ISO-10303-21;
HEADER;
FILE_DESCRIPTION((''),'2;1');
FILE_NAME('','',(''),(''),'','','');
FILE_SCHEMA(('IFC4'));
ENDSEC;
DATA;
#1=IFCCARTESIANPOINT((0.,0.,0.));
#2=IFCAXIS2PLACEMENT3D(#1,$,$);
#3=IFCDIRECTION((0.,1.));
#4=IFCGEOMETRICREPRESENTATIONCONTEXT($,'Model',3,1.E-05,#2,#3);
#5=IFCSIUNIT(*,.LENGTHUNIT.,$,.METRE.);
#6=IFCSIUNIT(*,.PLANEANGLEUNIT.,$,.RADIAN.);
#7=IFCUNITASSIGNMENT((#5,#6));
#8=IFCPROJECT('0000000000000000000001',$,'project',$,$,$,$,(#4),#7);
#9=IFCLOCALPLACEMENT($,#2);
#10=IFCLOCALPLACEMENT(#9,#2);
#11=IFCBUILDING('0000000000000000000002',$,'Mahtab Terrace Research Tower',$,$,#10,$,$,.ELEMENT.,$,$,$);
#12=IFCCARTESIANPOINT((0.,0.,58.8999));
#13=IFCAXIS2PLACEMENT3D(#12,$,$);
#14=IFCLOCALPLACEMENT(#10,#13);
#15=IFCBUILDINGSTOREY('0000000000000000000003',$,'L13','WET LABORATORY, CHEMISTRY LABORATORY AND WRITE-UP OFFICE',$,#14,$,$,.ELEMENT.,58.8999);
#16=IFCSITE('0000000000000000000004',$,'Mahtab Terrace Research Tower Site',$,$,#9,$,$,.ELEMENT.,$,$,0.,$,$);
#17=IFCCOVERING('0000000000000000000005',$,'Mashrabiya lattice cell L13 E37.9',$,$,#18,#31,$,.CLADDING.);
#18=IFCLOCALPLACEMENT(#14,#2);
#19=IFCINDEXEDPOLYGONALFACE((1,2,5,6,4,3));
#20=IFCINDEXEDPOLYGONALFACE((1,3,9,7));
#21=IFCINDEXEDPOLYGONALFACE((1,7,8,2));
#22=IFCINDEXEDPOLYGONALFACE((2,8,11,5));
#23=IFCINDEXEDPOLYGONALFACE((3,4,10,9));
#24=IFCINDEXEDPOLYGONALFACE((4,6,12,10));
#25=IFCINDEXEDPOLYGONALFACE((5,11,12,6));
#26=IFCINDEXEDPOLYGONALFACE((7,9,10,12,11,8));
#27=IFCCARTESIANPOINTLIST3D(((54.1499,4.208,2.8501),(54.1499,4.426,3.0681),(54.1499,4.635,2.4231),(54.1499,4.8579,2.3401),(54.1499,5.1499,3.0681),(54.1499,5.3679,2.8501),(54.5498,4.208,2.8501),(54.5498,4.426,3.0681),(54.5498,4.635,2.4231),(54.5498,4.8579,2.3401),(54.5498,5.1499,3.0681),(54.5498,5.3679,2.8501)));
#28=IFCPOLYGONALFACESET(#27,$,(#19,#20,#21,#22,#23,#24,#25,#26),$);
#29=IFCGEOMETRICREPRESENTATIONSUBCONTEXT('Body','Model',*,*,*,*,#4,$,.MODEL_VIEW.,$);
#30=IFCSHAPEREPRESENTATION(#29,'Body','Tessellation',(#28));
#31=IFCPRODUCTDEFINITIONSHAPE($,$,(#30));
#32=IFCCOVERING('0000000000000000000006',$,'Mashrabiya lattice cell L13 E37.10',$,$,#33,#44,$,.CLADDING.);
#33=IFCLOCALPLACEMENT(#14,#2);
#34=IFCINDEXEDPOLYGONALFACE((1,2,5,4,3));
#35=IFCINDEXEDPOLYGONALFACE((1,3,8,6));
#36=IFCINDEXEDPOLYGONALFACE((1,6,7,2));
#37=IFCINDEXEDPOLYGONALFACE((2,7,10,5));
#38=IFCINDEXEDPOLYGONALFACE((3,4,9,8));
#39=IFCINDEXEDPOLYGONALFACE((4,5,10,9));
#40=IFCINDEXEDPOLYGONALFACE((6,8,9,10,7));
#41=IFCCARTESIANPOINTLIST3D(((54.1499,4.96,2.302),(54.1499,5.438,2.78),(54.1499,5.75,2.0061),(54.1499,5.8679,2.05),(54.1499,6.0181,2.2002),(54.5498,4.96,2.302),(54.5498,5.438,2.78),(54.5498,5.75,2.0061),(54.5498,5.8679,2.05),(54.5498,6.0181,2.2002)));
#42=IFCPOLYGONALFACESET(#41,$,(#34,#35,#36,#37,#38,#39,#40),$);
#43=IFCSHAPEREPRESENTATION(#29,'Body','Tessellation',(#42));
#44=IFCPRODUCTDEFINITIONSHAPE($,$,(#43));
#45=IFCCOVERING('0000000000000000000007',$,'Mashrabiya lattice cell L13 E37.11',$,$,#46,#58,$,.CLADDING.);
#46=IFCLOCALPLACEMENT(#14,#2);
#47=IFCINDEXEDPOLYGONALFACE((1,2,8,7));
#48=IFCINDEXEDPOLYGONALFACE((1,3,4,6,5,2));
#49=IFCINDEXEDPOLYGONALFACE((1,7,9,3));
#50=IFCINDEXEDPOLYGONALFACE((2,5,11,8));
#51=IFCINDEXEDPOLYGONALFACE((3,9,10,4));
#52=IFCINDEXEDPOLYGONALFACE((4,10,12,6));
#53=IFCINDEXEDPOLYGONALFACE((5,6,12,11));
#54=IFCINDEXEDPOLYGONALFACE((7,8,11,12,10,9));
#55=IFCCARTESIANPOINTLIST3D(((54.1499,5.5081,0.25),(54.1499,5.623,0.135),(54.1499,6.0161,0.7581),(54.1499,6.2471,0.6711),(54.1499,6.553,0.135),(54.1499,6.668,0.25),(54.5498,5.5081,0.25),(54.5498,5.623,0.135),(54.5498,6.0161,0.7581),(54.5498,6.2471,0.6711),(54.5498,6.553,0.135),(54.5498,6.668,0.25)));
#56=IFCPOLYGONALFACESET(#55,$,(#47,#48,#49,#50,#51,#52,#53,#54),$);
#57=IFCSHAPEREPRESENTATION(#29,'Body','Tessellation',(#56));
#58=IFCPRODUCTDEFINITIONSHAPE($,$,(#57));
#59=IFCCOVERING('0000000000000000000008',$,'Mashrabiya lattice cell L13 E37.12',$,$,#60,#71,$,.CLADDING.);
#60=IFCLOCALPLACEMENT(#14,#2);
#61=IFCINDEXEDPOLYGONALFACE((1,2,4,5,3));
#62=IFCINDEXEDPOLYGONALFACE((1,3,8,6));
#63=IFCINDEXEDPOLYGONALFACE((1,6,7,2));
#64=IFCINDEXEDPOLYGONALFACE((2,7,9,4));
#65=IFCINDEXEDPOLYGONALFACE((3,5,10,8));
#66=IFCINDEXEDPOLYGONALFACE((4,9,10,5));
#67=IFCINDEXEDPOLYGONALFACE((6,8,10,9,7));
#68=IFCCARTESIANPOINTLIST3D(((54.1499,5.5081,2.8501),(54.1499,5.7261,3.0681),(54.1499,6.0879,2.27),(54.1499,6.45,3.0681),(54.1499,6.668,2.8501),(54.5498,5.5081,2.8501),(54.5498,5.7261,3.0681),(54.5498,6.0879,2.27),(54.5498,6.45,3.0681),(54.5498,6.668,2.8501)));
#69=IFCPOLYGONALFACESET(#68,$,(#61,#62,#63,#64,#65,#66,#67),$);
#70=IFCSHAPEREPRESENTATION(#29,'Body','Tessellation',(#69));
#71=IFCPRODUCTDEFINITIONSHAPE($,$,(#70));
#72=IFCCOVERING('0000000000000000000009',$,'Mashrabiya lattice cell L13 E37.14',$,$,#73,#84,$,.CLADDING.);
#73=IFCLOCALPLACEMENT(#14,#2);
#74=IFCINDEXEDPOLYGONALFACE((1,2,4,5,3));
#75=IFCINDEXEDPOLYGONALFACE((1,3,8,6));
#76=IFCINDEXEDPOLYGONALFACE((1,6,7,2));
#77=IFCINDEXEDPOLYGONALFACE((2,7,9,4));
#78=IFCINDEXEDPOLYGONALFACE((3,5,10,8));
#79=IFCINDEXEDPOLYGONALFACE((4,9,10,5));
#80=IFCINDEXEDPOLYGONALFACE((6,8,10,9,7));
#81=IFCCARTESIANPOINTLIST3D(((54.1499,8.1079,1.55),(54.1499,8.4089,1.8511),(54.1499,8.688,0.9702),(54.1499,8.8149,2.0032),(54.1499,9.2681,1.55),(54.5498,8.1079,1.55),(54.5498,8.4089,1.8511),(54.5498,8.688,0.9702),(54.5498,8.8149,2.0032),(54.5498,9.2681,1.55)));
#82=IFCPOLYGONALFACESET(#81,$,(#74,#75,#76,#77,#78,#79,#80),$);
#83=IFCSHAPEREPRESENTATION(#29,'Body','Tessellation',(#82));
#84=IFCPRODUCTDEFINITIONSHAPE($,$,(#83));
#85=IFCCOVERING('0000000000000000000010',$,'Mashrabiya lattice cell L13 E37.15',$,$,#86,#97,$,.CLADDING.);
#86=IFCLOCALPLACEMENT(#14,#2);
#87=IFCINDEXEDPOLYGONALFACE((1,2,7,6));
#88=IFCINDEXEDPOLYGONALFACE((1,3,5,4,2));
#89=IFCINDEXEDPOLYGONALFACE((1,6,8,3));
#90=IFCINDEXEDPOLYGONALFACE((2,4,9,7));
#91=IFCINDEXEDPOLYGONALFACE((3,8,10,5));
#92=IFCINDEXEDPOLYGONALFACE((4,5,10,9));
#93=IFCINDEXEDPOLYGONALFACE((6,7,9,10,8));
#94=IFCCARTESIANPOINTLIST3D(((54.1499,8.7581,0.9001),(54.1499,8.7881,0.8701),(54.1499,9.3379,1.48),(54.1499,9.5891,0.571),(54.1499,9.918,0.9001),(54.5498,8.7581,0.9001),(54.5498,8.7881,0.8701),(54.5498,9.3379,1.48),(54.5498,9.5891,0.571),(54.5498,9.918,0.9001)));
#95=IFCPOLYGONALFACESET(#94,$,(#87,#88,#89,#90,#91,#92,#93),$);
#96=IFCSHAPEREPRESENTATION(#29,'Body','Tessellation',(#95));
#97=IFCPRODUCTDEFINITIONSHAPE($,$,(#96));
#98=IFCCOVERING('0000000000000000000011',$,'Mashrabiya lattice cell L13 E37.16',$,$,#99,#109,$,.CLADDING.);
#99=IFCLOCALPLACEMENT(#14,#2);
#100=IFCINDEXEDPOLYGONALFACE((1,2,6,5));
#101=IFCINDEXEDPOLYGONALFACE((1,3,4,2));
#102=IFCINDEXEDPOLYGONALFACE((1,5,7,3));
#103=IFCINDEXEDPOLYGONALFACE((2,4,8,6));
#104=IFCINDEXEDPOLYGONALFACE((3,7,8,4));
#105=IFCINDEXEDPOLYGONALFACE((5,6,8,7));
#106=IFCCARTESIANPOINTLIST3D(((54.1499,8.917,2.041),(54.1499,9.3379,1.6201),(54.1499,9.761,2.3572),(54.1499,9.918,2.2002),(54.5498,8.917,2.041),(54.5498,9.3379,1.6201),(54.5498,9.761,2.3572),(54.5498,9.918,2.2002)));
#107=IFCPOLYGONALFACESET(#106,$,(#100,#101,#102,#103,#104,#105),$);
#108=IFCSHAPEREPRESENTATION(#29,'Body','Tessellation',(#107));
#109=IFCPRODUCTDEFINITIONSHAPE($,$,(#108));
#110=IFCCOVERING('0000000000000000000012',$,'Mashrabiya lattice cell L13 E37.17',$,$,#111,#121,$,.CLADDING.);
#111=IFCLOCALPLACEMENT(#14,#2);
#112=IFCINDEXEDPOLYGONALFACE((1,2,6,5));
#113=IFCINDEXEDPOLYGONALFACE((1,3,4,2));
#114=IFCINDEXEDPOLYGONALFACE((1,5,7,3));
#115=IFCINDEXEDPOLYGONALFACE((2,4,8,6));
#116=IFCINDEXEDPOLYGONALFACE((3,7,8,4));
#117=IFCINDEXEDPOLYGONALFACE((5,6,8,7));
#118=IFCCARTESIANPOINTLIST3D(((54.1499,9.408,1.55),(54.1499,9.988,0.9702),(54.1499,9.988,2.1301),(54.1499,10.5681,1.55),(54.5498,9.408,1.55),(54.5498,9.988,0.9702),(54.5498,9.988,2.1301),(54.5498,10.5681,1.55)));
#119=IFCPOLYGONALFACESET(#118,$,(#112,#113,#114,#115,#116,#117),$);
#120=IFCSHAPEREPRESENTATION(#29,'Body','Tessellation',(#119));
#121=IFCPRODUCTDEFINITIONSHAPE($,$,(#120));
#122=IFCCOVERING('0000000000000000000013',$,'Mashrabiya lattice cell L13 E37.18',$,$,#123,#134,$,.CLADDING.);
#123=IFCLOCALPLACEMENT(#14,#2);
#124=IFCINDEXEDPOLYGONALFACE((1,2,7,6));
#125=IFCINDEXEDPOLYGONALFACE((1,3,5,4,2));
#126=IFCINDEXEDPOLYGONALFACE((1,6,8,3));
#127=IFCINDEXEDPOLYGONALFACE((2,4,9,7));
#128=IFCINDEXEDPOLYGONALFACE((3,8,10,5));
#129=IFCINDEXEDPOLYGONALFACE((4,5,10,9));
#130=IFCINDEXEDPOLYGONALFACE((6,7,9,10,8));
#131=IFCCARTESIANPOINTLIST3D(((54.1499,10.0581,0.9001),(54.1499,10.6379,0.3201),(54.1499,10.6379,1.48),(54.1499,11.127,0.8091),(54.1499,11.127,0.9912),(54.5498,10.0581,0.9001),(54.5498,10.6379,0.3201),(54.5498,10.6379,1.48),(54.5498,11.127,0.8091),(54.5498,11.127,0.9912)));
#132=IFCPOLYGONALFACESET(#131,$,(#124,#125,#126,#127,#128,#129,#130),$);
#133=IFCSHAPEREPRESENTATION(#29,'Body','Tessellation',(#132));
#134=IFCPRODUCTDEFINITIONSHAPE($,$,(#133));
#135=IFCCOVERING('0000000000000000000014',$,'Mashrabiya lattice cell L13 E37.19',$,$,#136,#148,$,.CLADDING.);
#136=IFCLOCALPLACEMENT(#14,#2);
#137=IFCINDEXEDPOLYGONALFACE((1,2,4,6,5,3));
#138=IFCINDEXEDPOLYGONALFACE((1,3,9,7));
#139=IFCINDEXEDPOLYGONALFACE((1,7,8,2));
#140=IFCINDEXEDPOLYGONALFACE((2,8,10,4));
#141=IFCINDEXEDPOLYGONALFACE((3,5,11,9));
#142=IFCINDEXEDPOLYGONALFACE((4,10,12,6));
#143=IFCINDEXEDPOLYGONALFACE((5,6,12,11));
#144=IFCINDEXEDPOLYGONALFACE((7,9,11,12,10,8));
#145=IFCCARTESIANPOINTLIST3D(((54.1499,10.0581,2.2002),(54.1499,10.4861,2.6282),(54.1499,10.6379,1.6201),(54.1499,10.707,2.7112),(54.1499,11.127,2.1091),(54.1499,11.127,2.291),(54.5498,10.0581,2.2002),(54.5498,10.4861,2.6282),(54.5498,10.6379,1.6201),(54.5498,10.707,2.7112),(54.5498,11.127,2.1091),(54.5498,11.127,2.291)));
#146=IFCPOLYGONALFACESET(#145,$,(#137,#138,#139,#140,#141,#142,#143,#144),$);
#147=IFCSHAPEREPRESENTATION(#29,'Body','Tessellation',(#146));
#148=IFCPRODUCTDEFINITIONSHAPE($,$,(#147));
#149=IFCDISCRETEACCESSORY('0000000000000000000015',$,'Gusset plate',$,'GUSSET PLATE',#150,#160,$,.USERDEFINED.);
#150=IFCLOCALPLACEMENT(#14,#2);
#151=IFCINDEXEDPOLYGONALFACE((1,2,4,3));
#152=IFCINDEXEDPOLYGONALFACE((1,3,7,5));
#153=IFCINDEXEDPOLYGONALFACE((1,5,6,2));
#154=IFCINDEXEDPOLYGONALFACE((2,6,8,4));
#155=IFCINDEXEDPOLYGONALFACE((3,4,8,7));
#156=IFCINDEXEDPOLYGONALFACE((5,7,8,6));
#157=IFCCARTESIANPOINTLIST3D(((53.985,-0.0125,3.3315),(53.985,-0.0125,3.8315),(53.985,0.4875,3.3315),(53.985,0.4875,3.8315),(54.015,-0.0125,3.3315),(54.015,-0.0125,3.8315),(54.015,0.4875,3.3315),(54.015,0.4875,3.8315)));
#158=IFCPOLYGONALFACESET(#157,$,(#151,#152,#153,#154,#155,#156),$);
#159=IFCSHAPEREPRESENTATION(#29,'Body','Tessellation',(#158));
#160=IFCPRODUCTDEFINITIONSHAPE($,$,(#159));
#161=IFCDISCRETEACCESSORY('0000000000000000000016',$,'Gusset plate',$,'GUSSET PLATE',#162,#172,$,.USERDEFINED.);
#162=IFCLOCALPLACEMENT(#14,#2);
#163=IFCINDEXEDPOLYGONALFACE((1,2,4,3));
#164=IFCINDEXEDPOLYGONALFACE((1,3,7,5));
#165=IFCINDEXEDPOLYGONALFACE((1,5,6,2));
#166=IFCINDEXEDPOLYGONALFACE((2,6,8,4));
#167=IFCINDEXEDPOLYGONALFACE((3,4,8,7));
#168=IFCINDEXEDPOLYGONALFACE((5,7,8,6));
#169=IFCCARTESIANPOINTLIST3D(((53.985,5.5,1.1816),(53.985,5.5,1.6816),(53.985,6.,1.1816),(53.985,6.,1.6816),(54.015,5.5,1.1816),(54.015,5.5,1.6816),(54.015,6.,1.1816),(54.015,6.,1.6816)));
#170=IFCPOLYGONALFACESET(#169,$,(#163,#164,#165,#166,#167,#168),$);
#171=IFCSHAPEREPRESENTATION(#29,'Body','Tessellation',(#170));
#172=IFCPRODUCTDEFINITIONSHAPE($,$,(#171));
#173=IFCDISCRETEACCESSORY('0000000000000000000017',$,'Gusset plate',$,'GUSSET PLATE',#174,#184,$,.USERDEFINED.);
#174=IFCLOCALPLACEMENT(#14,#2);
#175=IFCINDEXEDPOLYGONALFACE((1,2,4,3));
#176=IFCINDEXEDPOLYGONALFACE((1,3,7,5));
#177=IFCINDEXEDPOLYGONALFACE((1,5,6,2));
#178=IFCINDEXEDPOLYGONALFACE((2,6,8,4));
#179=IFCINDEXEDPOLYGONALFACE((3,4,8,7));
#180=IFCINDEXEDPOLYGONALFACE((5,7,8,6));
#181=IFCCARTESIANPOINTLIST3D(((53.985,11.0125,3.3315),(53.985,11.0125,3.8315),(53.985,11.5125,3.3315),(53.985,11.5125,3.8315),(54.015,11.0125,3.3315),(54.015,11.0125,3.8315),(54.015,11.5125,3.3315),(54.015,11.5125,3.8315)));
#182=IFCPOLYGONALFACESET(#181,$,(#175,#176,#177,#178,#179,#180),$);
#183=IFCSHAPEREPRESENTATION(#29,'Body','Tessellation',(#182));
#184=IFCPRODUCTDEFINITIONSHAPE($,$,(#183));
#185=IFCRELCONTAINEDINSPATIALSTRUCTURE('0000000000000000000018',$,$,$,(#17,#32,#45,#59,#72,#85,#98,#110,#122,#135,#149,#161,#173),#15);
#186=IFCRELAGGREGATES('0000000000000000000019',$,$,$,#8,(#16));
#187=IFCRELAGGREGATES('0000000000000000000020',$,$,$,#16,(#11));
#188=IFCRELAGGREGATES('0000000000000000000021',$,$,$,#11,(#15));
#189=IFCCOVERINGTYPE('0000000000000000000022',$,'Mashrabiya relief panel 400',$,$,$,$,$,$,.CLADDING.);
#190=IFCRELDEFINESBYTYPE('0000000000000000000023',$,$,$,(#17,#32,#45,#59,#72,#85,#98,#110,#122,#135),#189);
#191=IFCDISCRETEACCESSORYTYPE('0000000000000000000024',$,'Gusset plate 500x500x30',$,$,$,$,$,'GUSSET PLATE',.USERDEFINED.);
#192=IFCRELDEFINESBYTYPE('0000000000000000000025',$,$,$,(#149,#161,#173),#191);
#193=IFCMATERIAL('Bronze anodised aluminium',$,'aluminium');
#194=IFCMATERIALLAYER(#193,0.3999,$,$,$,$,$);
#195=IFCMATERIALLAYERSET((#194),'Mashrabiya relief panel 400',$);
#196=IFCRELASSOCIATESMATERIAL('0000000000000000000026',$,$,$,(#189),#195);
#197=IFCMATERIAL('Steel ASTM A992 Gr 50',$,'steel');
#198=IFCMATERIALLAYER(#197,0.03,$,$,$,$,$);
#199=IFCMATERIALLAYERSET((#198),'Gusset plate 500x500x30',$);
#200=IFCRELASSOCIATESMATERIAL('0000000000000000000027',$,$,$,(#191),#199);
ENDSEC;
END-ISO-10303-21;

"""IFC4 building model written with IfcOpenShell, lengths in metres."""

from ifc_helpers import new_model, si_unit, direction, frame, origin, origin_2d, place, context, subcontext, project, spatial, polyline, rectangle, outline, extrude, material, layer, layer_set, type_object, element, save


model = new_model("IFC4")

# Units and contexts
model_context = context("Model", 3, precision=1e-05, world=origin(), true_north=direction((0.0, 1.0)))
body_context = subcontext(model_context, "Body", "Model", "MODEL_VIEW")
ifc_project = project(units=[si_unit("LENGTHUNIT", "METRE"), si_unit("PLANEANGLEUNIT", "RADIAN")], contexts=[model_context])

# Site, building, storey
site_placement = place(None, origin())
site = spatial("IfcSite", under=ifc_project, at=site_placement, Name="Mahtab Terrace Research Tower Site", CompositionType="ELEMENT", RefElevation=0.0)
building_placement = place(site_placement, origin())
building = spatial("IfcBuilding", under=site, at=building_placement, Name="Mahtab Terrace Research Tower", CompositionType="ELEMENT")
storey_placement = place(building_placement, frame((0.0, 0.0, 58.8999)))
storey = spatial("IfcBuildingStorey", under=building, at=storey_placement, Name="L13", Description="WET LABORATORY, CHEMISTRY LABORATORY AND WRITE-UP OFFICE", CompositionType="ELEMENT", Elevation=58.8999)

# Shared definitions
ifc_material_1 = material(Name="Steel ASTM A992 Gr 50", Category="steel")

# Coverings
ifc_material_2 = material(Name="Bronze anodised aluminium", Category="aluminium")
ifc_layer_1 = layer(ifc_material_2, 0.3999)
ifc_layer_set_1 = layer_set([ifc_layer_1], Name="Mashrabiya relief panel 400")
covering_type = type_object("IfcCoveringType", Name="Mashrabiya relief panel 400", PredefinedType="CLADDING", material=ifc_layer_set_1)
covering_1_placement = place(storey_placement, frame((54.1499, 4.208, 2.8501), z_axis=(-1.0, 0.0, 0.0), x_axis=(0.0, 0.707107, 0.707107)))
element("IfcCovering", 1, at=covering_1_placement, inside=storey, type_object=covering_type, Name="Mashrabiya lattice cell L13 E37.9", PredefinedType="CLADDING", context=body_context, shape_type="SweptSolid", body=[
    extrude(outline(polyline([(0.0, 0.0), (0.3083, 0.0), (0.8202, 0.5119), (0.8202, 0.8202), (0.0989, 0.8202), (0.0, 0.6039), (0.0, 0.0)])), origin(), (0.0, 0.0, -1.0), 0.3999),
])
covering_2_placement = place(storey_placement, frame((54.1499, 5.438, 2.78), z_axis=(-1.0, 0.0, 0.0), x_axis=(0.0, 0.707256, -0.706958)))
element("IfcCovering", 2, at=covering_2_placement, inside=storey, type_object=covering_type, Name="Mashrabiya lattice cell L13 E37.10", PredefinedType="CLADDING", context=body_context, shape_type="SweptSolid", body=[
    extrude(outline(polyline([(0.0, 0.0), (0.8202, 0.0), (0.8201, 0.2123), (0.7678, 0.3268), (-0.0001, 0.676), (0.0, 0.0)])), origin(), (0.0, 0.0, -1.0), 0.3999),
])
covering_3_placement = place(storey_placement, frame((54.1499, 5.5081, 0.25), z_axis=(-1.0, 0.0, 0.0), x_axis=(0.0, 0.707107, 0.707107)))
element("IfcCovering", 3, at=covering_3_placement, inside=storey, type_object=covering_type, Name="Mashrabiya lattice cell L13 E37.11", PredefinedType="CLADDING", context=body_context, shape_type="SweptSolid", body=[
    extrude(outline(polyline([(0.0, 0.0), (0.7185, 0.0), (0.8204, 0.2248), (0.8202, 0.8202), (0.6576, 0.8202), (0.0, 0.1626), (0.0, 0.0)])), origin(), (0.0, 0.0, -1.0), 0.3999),
])
covering_4_placement = place(storey_placement, frame((54.1499, 6.668, 2.8501), z_axis=(-1.0, 0.0, 0.0), x_axis=(0.0, -0.707107, -0.707107)))
element("IfcCovering", 4, at=covering_4_placement, inside=storey, type_object=covering_type, Name="Mashrabiya lattice cell L13 E37.12", PredefinedType="CLADDING", context=body_context, shape_type="SweptSolid", body=[
    extrude(outline(polyline([(0.0, 0.0), (0.8204, 0.0), (0.8202, 0.8202), (0.5119, 0.8202), (0.0, 0.3083), (0.0, 0.0)])), origin(), (0.0, 0.0, -1.0), 0.3999),
])
covering_5_placement = place(storey_placement, frame((54.1499, 9.2681, 1.55), z_axis=(-1.0, 0.0, 0.0), x_axis=(0.0, -0.707256, -0.706958)))
element("IfcCovering", 5, at=covering_5_placement, inside=storey, type_object=covering_type, Name="Mashrabiya lattice cell L13 E37.14", PredefinedType="CLADDING", context=body_context, shape_type="SweptSolid", body=[
    extrude(outline(polyline([(0.0, 0.0), (0.8202, 0.0), (0.8205, 0.8202), (0.3948, 0.8203), (0.0001, 0.6408), (0.0, 0.0)])), origin(), (0.0, 0.0, -1.0), 0.3999),
])
covering_6_placement = place(storey_placement, frame((54.1499, 8.7581, 0.9001), z_axis=(-1.0, 0.0, 0.0), x_axis=(0.0, 0.707107, 0.707107)))
element("IfcCovering", 6, at=covering_6_placement, inside=storey, type_object=covering_type, Name="Mashrabiya lattice cell L13 E37.15", PredefinedType="CLADDING", context=body_context, shape_type="SweptSolid", body=[
    extrude(outline(polyline([(0.0, 0.0), (0.82, 0.0), (0.8202, 0.8202), (0.3549, 0.8204), (0.0, 0.0425), (0.0, 0.0)])), origin(), (0.0, 0.0, -1.0), 0.3999),
])
covering_7_placement = place(storey_placement, frame((54.1499, 9.918, 2.2002), z_axis=(-1.0, 0.0, 0.0), x_axis=(0.0, -0.707107, -0.707107)))
element("IfcCovering", 7, at=covering_7_placement, inside=storey, type_object=covering_type, Name="Mashrabiya lattice cell L13 E37.16", PredefinedType="CLADDING", context=body_context, shape_type="SweptSolid", body=[
    extrude(outline(polyline([(0.0, 0.0), (0.8204, 0.0), (0.8204, 0.5952), (0.0, 0.222), (0.0, 0.0)])), origin(), (0.0, 0.0, -1.0), 0.3999),
])
covering_8_placement = place(storey_placement, frame((54.1499, 9.988, 2.1301), z_axis=(-1.0, 0.0, 0.0), x_axis=(0.0, 0.707107, -0.707107)))
element("IfcCovering", 8, at=covering_8_placement, inside=storey, type_object=covering_type, Name="Mashrabiya lattice cell L13 E37.17", PredefinedType="CLADDING", context=body_context, shape_type="SweptSolid", body=[
    extrude(outline(polyline([(0.0, 0.0), (0.8204, 0.0), (0.8202, 0.8202), (0.0, 0.8204), (0.0, 0.0)])), origin(), (0.0, 0.0, -1.0), 0.3999),
])
covering_9_placement = place(storey_placement, frame((54.1499, 10.6379, 0.3201), z_axis=(-1.0, 0.0, 0.0), x_axis=(0.0, -0.706958, 0.707256)))
element("IfcCovering", 9, at=covering_9_placement, inside=storey, type_object=covering_type, Name="Mashrabiya lattice cell L13 E37.18", PredefinedType="CLADDING", context=body_context, shape_type="SweptSolid", body=[
    extrude(outline(polyline([(0.0, 0.0), (0.8202, 0.0), (0.8204, 0.82), (0.129, 0.8203), (0.0001, 0.6916), (0.0, 0.0)])), origin(), (0.0, 0.0, -1.0), 0.3999),
])
covering_10_placement = place(storey_placement, frame((54.1499, 10.6379, 1.6201), z_axis=(-1.0, 0.0, 0.0), x_axis=(0.0, -0.706958, 0.707256)))
element("IfcCovering", 10, at=covering_10_placement, inside=storey, type_object=covering_type, Name="Mashrabiya lattice cell L13 E37.19", PredefinedType="CLADDING", context=body_context, shape_type="SweptSolid", body=[
    extrude(outline(polyline([(0.0, 0.0), (0.8202, 0.0), (0.8203, 0.6053), (0.7228, 0.8202), (0.1288, 0.8202), (0.0001, 0.6916), (0.0, 0.0)])), origin(), (0.0, 0.0, -1.0), 0.3999),
])

# Discrete accessories
ifc_layer_2 = layer(ifc_material_1, 0.03)
ifc_layer_set_2 = layer_set([ifc_layer_2], Name="Gusset plate 500x500x30")
discrete_accessory_type = type_object("IfcDiscreteAccessoryType", Name="Gusset plate 500x500x30", ElementType="GUSSET PLATE", PredefinedType="USERDEFINED", material=ifc_layer_set_2)
for number, where, z_axis, x_axis, name in (
    (11, (54.0, 0.2375, 3.3315), (0.0, 0.0, 1.0), (0.0, 1.0, 0.0), "Gusset plate"),
    (12, (54.0, 5.75, 1.1816), (0.0, 0.0, 1.0), (0.0, 1.0, 0.0), "Gusset plate"),
    (13, (54.0, 11.2625, 3.3315), (0.0, 0.0, 1.0), (0.0, 1.0, 0.0), "Gusset plate"),
):
    element("IfcDiscreteAccessory", number, at=place(storey_placement, frame(where, z_axis=z_axis, x_axis=x_axis)), inside=storey, type_object=discrete_accessory_type, Name=name, ObjectType="GUSSET PLATE", PredefinedType="USERDEFINED", context=body_context, shape_type="SweptSolid", body=[
        extrude(rectangle(XDim=0.5, YDim=0.03, at=origin_2d()), origin(), (0.0, 0.0, 1.0), 0.5),
    ])

save(model, "model.ifc")
